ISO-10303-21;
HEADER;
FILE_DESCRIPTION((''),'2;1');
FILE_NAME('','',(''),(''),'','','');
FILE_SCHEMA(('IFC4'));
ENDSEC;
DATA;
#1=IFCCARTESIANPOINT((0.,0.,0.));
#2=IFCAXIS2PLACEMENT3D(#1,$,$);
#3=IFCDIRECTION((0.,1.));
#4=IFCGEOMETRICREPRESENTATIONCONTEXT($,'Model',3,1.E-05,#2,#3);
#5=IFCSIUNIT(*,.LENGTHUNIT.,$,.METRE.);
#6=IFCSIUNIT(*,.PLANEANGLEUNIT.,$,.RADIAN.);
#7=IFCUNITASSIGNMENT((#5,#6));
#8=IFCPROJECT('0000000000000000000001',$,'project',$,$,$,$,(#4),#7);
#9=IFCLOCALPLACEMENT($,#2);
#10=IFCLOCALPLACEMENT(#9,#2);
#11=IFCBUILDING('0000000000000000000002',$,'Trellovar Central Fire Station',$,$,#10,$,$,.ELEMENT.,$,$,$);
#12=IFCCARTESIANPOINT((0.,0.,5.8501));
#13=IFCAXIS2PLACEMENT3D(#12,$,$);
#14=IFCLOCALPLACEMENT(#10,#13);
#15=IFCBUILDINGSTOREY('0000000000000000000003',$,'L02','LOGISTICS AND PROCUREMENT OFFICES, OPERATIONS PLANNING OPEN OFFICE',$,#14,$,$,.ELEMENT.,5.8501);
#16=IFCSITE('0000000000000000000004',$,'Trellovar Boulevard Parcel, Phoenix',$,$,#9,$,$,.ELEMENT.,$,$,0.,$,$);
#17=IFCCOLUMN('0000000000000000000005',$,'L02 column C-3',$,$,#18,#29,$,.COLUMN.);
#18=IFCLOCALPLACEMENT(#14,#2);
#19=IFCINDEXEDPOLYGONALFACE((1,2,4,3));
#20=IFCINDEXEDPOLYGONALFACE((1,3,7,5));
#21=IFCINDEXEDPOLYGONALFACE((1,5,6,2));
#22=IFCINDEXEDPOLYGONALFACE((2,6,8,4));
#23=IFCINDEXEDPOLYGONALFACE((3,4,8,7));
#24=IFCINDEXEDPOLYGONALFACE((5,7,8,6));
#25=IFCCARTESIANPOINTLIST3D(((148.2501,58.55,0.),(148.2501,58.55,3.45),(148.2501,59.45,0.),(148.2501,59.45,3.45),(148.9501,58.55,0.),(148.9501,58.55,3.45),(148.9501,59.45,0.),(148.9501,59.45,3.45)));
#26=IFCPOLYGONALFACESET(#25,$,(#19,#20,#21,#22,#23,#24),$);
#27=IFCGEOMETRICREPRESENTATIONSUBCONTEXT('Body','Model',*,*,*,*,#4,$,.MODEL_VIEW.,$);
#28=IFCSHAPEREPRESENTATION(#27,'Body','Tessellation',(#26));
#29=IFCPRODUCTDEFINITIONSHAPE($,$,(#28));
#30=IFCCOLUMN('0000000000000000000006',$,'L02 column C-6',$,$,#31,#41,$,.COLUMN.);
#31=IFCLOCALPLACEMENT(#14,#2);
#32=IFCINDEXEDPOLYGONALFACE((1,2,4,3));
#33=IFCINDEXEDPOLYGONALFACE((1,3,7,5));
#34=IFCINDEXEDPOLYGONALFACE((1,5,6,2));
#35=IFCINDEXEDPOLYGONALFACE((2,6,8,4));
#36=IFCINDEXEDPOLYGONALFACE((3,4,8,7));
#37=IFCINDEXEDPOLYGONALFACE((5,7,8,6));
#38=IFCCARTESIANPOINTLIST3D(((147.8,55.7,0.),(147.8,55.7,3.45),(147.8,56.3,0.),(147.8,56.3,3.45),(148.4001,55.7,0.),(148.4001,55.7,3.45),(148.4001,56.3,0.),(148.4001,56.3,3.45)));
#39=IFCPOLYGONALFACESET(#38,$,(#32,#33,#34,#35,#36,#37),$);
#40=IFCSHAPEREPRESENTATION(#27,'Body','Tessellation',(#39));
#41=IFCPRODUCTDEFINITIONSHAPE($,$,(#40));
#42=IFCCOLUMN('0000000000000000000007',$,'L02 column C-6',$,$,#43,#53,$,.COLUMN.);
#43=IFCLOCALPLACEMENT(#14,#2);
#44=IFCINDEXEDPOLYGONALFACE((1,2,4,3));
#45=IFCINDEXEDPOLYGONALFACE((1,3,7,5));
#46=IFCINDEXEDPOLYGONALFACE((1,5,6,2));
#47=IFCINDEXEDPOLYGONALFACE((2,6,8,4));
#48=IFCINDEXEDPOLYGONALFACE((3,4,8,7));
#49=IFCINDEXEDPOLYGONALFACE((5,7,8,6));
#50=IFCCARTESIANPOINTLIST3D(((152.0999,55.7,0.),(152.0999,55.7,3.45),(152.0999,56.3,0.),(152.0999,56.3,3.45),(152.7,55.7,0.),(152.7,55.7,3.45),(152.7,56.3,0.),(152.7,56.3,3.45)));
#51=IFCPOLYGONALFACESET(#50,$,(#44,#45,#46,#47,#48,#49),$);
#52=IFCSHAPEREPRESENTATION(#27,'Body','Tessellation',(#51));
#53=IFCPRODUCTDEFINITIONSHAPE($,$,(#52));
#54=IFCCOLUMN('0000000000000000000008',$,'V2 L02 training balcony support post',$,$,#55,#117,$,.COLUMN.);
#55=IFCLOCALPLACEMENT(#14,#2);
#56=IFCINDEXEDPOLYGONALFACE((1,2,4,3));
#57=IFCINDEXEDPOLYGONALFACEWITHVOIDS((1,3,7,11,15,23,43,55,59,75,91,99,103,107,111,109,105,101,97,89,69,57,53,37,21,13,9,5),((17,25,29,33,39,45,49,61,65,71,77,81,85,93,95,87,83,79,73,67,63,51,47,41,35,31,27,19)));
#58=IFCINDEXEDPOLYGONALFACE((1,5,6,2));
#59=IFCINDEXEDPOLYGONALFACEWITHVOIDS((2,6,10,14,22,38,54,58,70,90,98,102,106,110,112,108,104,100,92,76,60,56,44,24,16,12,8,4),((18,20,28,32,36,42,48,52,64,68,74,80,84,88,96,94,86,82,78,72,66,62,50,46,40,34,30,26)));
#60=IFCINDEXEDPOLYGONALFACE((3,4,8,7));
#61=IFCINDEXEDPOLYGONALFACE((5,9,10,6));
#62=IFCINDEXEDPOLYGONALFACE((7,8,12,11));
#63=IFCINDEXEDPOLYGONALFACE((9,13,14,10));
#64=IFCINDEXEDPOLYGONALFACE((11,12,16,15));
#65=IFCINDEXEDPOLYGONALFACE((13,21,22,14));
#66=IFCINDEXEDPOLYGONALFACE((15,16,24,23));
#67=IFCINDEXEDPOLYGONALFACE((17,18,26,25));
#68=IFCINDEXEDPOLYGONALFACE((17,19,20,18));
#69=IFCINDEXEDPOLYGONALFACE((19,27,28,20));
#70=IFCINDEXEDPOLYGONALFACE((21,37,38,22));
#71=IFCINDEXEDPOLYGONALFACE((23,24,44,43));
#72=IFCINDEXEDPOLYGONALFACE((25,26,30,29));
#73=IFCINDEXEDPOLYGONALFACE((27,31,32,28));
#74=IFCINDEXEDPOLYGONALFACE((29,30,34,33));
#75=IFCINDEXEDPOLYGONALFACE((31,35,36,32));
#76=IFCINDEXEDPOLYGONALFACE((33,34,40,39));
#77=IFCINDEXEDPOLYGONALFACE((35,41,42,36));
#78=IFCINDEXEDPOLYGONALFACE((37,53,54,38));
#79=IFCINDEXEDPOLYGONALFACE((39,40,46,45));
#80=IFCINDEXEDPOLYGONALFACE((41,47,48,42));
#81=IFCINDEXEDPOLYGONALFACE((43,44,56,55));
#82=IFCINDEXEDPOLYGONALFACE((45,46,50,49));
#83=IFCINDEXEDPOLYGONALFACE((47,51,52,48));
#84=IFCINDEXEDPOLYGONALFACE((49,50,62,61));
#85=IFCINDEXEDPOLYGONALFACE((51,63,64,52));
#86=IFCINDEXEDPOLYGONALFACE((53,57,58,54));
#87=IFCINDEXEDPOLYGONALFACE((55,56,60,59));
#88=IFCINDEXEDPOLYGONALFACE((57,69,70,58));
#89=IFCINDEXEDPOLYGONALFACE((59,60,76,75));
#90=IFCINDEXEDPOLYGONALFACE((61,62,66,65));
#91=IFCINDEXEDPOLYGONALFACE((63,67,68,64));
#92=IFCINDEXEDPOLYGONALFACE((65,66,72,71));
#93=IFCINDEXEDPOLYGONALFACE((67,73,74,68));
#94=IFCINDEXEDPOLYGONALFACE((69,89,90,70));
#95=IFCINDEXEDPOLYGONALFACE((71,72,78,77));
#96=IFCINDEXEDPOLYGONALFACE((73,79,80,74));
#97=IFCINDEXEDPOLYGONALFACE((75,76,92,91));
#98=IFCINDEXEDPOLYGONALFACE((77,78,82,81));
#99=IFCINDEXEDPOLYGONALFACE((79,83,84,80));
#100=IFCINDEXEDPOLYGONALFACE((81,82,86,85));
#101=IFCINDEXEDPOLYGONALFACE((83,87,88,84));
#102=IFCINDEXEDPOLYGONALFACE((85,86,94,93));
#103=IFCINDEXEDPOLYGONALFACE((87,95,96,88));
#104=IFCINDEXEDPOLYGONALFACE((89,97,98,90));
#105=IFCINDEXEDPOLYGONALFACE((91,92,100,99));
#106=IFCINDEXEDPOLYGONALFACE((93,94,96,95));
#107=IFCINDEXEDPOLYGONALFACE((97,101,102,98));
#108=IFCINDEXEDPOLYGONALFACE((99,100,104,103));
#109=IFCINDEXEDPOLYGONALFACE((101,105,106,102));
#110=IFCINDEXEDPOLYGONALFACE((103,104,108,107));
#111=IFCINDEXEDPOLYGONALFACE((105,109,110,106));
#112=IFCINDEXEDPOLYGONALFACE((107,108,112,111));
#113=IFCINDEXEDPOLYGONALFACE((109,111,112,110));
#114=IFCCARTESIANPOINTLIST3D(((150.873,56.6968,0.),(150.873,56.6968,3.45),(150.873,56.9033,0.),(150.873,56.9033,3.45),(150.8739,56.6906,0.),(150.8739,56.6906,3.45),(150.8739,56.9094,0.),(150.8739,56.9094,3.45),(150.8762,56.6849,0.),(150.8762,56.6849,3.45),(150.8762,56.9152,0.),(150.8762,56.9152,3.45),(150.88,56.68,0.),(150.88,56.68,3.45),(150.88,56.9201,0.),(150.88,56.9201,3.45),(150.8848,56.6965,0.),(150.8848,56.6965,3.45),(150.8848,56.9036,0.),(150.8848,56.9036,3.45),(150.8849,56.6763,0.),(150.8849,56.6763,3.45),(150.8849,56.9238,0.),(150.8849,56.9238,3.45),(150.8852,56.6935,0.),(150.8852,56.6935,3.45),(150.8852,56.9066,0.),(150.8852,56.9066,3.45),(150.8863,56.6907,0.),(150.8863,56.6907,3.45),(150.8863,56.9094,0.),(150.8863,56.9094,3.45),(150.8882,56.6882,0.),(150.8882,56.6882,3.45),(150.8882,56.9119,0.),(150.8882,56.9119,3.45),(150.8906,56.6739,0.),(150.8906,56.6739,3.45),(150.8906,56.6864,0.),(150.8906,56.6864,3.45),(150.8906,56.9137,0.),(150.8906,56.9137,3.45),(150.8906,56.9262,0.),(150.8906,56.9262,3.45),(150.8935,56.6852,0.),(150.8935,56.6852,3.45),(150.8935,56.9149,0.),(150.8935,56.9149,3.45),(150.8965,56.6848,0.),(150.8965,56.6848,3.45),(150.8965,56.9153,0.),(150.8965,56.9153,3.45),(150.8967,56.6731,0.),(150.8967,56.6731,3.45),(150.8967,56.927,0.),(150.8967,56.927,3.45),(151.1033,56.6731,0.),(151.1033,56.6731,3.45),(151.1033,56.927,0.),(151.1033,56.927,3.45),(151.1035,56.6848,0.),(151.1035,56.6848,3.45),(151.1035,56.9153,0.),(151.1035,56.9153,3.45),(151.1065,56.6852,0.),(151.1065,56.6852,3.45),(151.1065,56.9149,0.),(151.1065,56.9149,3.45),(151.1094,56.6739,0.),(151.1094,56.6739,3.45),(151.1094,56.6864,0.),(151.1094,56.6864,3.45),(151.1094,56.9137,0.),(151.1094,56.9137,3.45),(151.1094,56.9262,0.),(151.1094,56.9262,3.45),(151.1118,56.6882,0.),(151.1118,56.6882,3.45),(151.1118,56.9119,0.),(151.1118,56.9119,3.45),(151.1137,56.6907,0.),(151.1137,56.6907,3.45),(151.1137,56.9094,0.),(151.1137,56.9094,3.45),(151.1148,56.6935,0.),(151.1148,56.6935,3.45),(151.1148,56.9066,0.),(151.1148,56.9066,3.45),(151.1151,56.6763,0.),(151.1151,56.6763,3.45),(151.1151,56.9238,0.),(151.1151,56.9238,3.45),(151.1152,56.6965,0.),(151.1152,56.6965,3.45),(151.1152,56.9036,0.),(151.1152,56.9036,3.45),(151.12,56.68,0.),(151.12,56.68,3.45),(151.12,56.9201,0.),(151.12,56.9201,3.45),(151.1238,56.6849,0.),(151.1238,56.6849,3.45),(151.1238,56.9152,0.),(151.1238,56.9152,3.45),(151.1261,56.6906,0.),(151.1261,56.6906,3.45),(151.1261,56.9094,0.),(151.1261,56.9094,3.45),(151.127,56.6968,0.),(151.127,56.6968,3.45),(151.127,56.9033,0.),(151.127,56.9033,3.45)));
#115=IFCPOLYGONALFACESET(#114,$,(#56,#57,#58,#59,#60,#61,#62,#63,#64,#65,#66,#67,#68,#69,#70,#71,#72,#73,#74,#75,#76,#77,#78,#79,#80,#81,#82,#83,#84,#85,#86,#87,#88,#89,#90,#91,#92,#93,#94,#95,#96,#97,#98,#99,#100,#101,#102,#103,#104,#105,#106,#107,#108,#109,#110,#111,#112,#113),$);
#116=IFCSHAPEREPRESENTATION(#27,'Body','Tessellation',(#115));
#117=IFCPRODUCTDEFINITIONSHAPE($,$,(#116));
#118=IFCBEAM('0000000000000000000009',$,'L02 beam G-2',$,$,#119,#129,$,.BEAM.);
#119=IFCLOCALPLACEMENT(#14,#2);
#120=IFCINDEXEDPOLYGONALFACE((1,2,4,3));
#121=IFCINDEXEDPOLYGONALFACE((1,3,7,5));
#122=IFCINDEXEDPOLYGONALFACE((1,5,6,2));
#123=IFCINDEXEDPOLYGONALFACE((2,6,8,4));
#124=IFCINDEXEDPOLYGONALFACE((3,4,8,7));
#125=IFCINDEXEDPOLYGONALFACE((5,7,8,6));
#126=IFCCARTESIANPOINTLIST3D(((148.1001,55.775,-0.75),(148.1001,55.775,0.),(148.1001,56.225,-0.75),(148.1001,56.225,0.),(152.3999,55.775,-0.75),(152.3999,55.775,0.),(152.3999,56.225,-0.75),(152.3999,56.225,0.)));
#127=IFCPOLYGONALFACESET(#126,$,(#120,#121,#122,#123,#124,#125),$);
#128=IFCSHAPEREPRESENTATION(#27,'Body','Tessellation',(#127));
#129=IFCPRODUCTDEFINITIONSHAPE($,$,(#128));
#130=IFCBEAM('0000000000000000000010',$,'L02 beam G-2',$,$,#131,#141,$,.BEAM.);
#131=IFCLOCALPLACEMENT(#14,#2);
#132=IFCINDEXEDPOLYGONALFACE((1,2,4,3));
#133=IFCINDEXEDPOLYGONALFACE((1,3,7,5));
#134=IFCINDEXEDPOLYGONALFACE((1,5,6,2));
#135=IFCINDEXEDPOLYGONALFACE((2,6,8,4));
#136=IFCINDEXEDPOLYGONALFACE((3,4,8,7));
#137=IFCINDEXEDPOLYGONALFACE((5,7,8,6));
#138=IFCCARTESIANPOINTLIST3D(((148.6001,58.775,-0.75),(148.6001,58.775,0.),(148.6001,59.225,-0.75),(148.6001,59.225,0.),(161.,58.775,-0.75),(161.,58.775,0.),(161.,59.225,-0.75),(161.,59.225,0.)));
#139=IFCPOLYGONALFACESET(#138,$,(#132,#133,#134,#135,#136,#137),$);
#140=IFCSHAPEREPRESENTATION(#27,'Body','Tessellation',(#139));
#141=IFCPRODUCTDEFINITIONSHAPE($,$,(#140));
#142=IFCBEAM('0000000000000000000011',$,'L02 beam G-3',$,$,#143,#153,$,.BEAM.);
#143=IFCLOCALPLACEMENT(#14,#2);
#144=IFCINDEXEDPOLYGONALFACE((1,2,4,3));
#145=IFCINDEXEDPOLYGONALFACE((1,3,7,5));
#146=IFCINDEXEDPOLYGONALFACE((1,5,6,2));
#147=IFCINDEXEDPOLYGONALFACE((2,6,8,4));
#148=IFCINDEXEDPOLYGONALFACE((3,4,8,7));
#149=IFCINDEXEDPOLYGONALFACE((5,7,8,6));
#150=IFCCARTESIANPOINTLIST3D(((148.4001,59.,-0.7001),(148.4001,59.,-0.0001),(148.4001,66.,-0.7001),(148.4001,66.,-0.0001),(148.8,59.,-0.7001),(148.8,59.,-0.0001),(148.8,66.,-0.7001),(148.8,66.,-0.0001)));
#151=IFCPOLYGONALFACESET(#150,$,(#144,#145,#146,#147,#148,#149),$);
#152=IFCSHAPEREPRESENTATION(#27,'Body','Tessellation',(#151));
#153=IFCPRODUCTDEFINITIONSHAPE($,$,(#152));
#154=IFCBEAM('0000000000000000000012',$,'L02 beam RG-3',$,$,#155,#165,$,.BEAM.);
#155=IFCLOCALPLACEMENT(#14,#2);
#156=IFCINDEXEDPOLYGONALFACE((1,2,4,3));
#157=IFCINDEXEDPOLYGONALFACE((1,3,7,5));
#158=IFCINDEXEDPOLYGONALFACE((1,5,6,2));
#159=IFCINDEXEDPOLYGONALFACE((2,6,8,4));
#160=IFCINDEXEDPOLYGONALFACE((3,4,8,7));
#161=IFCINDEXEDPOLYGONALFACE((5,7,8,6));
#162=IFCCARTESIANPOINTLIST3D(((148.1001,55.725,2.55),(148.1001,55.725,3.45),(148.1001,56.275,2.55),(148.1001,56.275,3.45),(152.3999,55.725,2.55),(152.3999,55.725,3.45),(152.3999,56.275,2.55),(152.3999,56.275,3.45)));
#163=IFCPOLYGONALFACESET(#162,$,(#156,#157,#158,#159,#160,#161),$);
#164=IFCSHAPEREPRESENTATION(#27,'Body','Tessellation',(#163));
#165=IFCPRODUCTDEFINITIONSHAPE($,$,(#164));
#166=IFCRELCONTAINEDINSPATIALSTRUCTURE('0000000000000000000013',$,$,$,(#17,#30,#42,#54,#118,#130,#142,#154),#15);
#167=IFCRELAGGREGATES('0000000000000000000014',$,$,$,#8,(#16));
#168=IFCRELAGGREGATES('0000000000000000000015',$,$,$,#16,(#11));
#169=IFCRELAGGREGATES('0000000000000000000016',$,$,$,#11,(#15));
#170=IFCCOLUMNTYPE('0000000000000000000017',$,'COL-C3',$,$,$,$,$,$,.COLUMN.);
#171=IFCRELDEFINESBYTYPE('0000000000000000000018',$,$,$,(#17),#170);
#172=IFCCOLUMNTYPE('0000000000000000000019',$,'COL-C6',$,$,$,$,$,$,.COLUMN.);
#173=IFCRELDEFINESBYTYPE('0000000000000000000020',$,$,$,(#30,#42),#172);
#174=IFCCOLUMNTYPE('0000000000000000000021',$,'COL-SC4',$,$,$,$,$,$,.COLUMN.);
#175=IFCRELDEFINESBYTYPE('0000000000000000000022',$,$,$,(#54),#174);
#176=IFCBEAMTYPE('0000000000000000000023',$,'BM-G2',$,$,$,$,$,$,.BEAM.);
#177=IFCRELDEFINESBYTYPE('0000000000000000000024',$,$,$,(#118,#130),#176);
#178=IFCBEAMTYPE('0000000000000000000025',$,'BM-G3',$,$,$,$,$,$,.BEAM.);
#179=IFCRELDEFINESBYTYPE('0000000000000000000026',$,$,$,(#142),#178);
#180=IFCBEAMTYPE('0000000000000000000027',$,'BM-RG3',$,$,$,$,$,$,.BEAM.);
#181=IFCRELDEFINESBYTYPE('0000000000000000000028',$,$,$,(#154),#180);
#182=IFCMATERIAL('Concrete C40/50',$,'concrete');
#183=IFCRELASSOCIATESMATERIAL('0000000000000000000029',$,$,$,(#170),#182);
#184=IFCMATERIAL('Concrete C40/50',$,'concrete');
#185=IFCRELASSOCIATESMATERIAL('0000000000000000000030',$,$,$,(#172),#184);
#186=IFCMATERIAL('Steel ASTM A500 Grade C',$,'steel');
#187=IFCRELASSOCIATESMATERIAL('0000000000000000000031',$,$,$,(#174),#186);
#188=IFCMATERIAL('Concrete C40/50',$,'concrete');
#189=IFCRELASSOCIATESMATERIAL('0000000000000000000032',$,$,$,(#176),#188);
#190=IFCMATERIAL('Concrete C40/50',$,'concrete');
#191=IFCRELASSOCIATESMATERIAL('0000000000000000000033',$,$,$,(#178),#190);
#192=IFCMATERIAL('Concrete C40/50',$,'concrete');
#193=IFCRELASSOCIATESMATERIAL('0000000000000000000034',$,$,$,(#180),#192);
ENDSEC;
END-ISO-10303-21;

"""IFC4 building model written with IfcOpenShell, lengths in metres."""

from ifc_helpers import new_model, si_unit, direction, frame, origin, origin_2d, place, context, subcontext, project, spatial, rectangle, hollow_rectangle, extrude, material, material_profile, profile_set, type_object, element, save


model = new_model("IFC4")

# Units and contexts
model_context = context("Model", 3, precision=1e-05, world=origin(), true_north=direction((0.0, 1.0)))
body_context = subcontext(model_context, "Body", "Model", "MODEL_VIEW")
ifc_project = project(units=[si_unit("LENGTHUNIT", "METRE"), si_unit("PLANEANGLEUNIT", "RADIAN")], contexts=[model_context])

# Site, building, storey
site_placement = place(None, origin())
site = spatial("IfcSite", under=ifc_project, at=site_placement, Name="Trellovar Boulevard Parcel, Phoenix", CompositionType="ELEMENT", RefElevation=0.0)
building_placement = place(site_placement, origin())
building = spatial("IfcBuilding", under=site, at=building_placement, Name="Trellovar Central Fire Station", CompositionType="ELEMENT")
storey_placement = place(building_placement, frame((0.0, 0.0, 5.8501)))
storey = spatial("IfcBuildingStorey", under=building, at=storey_placement, Name="L02", Description="LOGISTICS AND PROCUREMENT OFFICES, OPERATIONS PLANNING OPEN OFFICE", CompositionType="ELEMENT", Elevation=5.8501)

# Columns
ifc_material_1 = material(Name="Concrete C40/50", Category="concrete")
ifc_material_profile_1 = material_profile(ifc_material_1, rectangle(XDim=0.7, YDim=0.8999, at=origin_2d()), Name="RC700X900")
ifc_profile_set_1 = profile_set([ifc_material_profile_1], Name="Concrete C40/50")
column_type_1 = type_object("IfcColumnType", Name="COL-C3", PredefinedType="COLUMN", material=ifc_profile_set_1)
column_1_placement = place(storey_placement, frame((148.6001, 59.0, 0.0), z_axis=(0.0, 0.0, 1.0), x_axis=(1.0, 0.0, 0.0)))
element("IfcColumn", 1, at=column_1_placement, inside=storey, type_object=column_type_1, Name="L02 column C-3", PredefinedType="COLUMN", context=body_context, shape_type="SweptSolid", body=[
    extrude(rectangle(XDim=0.7, YDim=0.8999, at=origin_2d()), origin(), (0.0, 0.0, 1.0), 3.45),
])
ifc_material_2 = material(Name="Concrete C40/50", Category="concrete")
ifc_material_profile_2 = material_profile(ifc_material_2, rectangle(XDim=0.6001, YDim=0.6001, at=origin_2d()), Name="RC600X600")
ifc_profile_set_2 = profile_set([ifc_material_profile_2], Name="Concrete C40/50")
column_type_2 = type_object("IfcColumnType", Name="COL-C6", PredefinedType="COLUMN", material=ifc_profile_set_2)
for number, where, z_axis, x_axis, name in (
    (2, (148.1001, 56.0, 0.0), (0.0, 0.0, 1.0), (1.0, 0.0, 0.0), "L02 column C-6"),
    (3, (152.3999, 56.0, 0.0), (0.0, 0.0, 1.0), (1.0, 0.0, 0.0), "L02 column C-6"),
):
    element("IfcColumn", number, at=place(storey_placement, frame(where, z_axis=z_axis, x_axis=x_axis)), inside=storey, type_object=column_type_2, Name=name, PredefinedType="COLUMN", context=body_context, shape_type="SweptSolid", body=[
        extrude(rectangle(XDim=0.6001, YDim=0.6001, at=origin_2d()), origin(), (0.0, 0.0, 1.0), 3.45),
    ])
ifc_material_3 = material(Name="Steel ASTM A500 Grade C", Category="steel")
ifc_material_profile_3 = material_profile(ifc_material_3, hollow_rectangle(XDim=0.2539, YDim=0.2539, WallThickness=0.0117, InnerFilletRadius=0.0117, OuterFilletRadius=0.0237, at=origin_2d()), Name="HSS10X10X1/2")
ifc_profile_set_3 = profile_set([ifc_material_profile_3], Name="Steel ASTM A500 Grade C")
column_type_3 = type_object("IfcColumnType", Name="COL-SC4", PredefinedType="COLUMN", material=ifc_profile_set_3)
column_2_placement = place(storey_placement, frame((151.0, 56.8, 0.0), z_axis=(0.0, 0.0, 1.0), x_axis=(1.0, 0.0, 0.0)))
element("IfcColumn", 4, at=column_2_placement, inside=storey, type_object=column_type_3, Name="V2 L02 training balcony support post", PredefinedType="COLUMN", context=body_context, shape_type="SweptSolid", body=[
    extrude(hollow_rectangle(XDim=0.2539, YDim=0.2539, WallThickness=0.0117, InnerFilletRadius=0.0117, OuterFilletRadius=0.0237, at=origin_2d()), origin(), (0.0, 0.0, 1.0), 3.45),
])

# Beams
ifc_material_4 = material(Name="Concrete C40/50", Category="concrete")
ifc_material_profile_4 = material_profile(ifc_material_4, rectangle(XDim=0.45, YDim=0.75, at=origin_2d()), Name="RC450X750")
ifc_profile_set_4 = profile_set([ifc_material_profile_4], Name="Concrete C40/50")
beam_type_1 = type_object("IfcBeamType", Name="BM-G2", PredefinedType="BEAM", material=ifc_profile_set_4)
beam_1_placement = place(storey_placement, frame((148.1001, 56.0, -0.375), z_axis=(1.0, 0.0, 0.0), x_axis=(0.0, 1.0, 0.0)))
element("IfcBeam", 5, at=beam_1_placement, inside=storey, type_object=beam_type_1, Name="L02 beam G-2", PredefinedType="BEAM", context=body_context, shape_type="SweptSolid", body=[
    extrude(rectangle(XDim=0.45, YDim=0.75, at=origin_2d()), origin(), (0.0, 0.0, 1.0), 4.2998),
])
beam_2_placement = place(storey_placement, frame((148.6001, 59.0, -0.375), z_axis=(1.0, 0.0, 0.0), x_axis=(0.0, 1.0, 0.0)))
element("IfcBeam", 6, at=beam_2_placement, inside=storey, type_object=beam_type_1, Name="L02 beam G-2", PredefinedType="BEAM", context=body_context, shape_type="SweptSolid", body=[
    extrude(rectangle(XDim=0.45, YDim=0.75, at=origin_2d()), origin(), (0.0, 0.0, 1.0), 12.3999),
])
ifc_material_5 = material(Name="Concrete C40/50", Category="concrete")
ifc_material_profile_5 = material_profile(ifc_material_5, rectangle(XDim=0.3999, YDim=0.7, at=origin_2d()), Name="RC400X700")
ifc_profile_set_5 = profile_set([ifc_material_profile_5], Name="Concrete C40/50")
beam_type_2 = type_object("IfcBeamType", Name="BM-G3", PredefinedType="BEAM", material=ifc_profile_set_5)
beam_3_placement = place(storey_placement, frame((148.6001, 59.0, -0.3501), z_axis=(0.0, 1.0, 0.0), x_axis=(-1.0, 0.0, 0.0)))
element("IfcBeam", 7, at=beam_3_placement, inside=storey, type_object=beam_type_2, Name="L02 beam G-3", PredefinedType="BEAM", context=body_context, shape_type="SweptSolid", body=[
    extrude(rectangle(XDim=0.3999, YDim=0.7, at=origin_2d()), origin(), (0.0, 0.0, 1.0), 7.0),
])
ifc_material_6 = material(Name="Concrete C40/50", Category="concrete")
ifc_material_profile_6 = material_profile(ifc_material_6, rectangle(XDim=0.55, YDim=0.8999, at=origin_2d()), Name="RC550X900")
ifc_profile_set_6 = profile_set([ifc_material_profile_6], Name="Concrete C40/50")
beam_type_3 = type_object("IfcBeamType", Name="BM-RG3", PredefinedType="BEAM", material=ifc_profile_set_6)
beam_4_placement = place(storey_placement, frame((148.1001, 56.0, 3.0), z_axis=(1.0, 0.0, 0.0), x_axis=(0.0, 1.0, 0.0)))
element("IfcBeam", 8, at=beam_4_placement, inside=storey, type_object=beam_type_3, Name="L02 beam RG-3", PredefinedType="BEAM", context=body_context, shape_type="SweptSolid", body=[
    extrude(rectangle(XDim=0.55, YDim=0.8999, at=origin_2d()), origin(), (0.0, 0.0, 1.0), 4.2998),
])

save(model, "model.ifc")
